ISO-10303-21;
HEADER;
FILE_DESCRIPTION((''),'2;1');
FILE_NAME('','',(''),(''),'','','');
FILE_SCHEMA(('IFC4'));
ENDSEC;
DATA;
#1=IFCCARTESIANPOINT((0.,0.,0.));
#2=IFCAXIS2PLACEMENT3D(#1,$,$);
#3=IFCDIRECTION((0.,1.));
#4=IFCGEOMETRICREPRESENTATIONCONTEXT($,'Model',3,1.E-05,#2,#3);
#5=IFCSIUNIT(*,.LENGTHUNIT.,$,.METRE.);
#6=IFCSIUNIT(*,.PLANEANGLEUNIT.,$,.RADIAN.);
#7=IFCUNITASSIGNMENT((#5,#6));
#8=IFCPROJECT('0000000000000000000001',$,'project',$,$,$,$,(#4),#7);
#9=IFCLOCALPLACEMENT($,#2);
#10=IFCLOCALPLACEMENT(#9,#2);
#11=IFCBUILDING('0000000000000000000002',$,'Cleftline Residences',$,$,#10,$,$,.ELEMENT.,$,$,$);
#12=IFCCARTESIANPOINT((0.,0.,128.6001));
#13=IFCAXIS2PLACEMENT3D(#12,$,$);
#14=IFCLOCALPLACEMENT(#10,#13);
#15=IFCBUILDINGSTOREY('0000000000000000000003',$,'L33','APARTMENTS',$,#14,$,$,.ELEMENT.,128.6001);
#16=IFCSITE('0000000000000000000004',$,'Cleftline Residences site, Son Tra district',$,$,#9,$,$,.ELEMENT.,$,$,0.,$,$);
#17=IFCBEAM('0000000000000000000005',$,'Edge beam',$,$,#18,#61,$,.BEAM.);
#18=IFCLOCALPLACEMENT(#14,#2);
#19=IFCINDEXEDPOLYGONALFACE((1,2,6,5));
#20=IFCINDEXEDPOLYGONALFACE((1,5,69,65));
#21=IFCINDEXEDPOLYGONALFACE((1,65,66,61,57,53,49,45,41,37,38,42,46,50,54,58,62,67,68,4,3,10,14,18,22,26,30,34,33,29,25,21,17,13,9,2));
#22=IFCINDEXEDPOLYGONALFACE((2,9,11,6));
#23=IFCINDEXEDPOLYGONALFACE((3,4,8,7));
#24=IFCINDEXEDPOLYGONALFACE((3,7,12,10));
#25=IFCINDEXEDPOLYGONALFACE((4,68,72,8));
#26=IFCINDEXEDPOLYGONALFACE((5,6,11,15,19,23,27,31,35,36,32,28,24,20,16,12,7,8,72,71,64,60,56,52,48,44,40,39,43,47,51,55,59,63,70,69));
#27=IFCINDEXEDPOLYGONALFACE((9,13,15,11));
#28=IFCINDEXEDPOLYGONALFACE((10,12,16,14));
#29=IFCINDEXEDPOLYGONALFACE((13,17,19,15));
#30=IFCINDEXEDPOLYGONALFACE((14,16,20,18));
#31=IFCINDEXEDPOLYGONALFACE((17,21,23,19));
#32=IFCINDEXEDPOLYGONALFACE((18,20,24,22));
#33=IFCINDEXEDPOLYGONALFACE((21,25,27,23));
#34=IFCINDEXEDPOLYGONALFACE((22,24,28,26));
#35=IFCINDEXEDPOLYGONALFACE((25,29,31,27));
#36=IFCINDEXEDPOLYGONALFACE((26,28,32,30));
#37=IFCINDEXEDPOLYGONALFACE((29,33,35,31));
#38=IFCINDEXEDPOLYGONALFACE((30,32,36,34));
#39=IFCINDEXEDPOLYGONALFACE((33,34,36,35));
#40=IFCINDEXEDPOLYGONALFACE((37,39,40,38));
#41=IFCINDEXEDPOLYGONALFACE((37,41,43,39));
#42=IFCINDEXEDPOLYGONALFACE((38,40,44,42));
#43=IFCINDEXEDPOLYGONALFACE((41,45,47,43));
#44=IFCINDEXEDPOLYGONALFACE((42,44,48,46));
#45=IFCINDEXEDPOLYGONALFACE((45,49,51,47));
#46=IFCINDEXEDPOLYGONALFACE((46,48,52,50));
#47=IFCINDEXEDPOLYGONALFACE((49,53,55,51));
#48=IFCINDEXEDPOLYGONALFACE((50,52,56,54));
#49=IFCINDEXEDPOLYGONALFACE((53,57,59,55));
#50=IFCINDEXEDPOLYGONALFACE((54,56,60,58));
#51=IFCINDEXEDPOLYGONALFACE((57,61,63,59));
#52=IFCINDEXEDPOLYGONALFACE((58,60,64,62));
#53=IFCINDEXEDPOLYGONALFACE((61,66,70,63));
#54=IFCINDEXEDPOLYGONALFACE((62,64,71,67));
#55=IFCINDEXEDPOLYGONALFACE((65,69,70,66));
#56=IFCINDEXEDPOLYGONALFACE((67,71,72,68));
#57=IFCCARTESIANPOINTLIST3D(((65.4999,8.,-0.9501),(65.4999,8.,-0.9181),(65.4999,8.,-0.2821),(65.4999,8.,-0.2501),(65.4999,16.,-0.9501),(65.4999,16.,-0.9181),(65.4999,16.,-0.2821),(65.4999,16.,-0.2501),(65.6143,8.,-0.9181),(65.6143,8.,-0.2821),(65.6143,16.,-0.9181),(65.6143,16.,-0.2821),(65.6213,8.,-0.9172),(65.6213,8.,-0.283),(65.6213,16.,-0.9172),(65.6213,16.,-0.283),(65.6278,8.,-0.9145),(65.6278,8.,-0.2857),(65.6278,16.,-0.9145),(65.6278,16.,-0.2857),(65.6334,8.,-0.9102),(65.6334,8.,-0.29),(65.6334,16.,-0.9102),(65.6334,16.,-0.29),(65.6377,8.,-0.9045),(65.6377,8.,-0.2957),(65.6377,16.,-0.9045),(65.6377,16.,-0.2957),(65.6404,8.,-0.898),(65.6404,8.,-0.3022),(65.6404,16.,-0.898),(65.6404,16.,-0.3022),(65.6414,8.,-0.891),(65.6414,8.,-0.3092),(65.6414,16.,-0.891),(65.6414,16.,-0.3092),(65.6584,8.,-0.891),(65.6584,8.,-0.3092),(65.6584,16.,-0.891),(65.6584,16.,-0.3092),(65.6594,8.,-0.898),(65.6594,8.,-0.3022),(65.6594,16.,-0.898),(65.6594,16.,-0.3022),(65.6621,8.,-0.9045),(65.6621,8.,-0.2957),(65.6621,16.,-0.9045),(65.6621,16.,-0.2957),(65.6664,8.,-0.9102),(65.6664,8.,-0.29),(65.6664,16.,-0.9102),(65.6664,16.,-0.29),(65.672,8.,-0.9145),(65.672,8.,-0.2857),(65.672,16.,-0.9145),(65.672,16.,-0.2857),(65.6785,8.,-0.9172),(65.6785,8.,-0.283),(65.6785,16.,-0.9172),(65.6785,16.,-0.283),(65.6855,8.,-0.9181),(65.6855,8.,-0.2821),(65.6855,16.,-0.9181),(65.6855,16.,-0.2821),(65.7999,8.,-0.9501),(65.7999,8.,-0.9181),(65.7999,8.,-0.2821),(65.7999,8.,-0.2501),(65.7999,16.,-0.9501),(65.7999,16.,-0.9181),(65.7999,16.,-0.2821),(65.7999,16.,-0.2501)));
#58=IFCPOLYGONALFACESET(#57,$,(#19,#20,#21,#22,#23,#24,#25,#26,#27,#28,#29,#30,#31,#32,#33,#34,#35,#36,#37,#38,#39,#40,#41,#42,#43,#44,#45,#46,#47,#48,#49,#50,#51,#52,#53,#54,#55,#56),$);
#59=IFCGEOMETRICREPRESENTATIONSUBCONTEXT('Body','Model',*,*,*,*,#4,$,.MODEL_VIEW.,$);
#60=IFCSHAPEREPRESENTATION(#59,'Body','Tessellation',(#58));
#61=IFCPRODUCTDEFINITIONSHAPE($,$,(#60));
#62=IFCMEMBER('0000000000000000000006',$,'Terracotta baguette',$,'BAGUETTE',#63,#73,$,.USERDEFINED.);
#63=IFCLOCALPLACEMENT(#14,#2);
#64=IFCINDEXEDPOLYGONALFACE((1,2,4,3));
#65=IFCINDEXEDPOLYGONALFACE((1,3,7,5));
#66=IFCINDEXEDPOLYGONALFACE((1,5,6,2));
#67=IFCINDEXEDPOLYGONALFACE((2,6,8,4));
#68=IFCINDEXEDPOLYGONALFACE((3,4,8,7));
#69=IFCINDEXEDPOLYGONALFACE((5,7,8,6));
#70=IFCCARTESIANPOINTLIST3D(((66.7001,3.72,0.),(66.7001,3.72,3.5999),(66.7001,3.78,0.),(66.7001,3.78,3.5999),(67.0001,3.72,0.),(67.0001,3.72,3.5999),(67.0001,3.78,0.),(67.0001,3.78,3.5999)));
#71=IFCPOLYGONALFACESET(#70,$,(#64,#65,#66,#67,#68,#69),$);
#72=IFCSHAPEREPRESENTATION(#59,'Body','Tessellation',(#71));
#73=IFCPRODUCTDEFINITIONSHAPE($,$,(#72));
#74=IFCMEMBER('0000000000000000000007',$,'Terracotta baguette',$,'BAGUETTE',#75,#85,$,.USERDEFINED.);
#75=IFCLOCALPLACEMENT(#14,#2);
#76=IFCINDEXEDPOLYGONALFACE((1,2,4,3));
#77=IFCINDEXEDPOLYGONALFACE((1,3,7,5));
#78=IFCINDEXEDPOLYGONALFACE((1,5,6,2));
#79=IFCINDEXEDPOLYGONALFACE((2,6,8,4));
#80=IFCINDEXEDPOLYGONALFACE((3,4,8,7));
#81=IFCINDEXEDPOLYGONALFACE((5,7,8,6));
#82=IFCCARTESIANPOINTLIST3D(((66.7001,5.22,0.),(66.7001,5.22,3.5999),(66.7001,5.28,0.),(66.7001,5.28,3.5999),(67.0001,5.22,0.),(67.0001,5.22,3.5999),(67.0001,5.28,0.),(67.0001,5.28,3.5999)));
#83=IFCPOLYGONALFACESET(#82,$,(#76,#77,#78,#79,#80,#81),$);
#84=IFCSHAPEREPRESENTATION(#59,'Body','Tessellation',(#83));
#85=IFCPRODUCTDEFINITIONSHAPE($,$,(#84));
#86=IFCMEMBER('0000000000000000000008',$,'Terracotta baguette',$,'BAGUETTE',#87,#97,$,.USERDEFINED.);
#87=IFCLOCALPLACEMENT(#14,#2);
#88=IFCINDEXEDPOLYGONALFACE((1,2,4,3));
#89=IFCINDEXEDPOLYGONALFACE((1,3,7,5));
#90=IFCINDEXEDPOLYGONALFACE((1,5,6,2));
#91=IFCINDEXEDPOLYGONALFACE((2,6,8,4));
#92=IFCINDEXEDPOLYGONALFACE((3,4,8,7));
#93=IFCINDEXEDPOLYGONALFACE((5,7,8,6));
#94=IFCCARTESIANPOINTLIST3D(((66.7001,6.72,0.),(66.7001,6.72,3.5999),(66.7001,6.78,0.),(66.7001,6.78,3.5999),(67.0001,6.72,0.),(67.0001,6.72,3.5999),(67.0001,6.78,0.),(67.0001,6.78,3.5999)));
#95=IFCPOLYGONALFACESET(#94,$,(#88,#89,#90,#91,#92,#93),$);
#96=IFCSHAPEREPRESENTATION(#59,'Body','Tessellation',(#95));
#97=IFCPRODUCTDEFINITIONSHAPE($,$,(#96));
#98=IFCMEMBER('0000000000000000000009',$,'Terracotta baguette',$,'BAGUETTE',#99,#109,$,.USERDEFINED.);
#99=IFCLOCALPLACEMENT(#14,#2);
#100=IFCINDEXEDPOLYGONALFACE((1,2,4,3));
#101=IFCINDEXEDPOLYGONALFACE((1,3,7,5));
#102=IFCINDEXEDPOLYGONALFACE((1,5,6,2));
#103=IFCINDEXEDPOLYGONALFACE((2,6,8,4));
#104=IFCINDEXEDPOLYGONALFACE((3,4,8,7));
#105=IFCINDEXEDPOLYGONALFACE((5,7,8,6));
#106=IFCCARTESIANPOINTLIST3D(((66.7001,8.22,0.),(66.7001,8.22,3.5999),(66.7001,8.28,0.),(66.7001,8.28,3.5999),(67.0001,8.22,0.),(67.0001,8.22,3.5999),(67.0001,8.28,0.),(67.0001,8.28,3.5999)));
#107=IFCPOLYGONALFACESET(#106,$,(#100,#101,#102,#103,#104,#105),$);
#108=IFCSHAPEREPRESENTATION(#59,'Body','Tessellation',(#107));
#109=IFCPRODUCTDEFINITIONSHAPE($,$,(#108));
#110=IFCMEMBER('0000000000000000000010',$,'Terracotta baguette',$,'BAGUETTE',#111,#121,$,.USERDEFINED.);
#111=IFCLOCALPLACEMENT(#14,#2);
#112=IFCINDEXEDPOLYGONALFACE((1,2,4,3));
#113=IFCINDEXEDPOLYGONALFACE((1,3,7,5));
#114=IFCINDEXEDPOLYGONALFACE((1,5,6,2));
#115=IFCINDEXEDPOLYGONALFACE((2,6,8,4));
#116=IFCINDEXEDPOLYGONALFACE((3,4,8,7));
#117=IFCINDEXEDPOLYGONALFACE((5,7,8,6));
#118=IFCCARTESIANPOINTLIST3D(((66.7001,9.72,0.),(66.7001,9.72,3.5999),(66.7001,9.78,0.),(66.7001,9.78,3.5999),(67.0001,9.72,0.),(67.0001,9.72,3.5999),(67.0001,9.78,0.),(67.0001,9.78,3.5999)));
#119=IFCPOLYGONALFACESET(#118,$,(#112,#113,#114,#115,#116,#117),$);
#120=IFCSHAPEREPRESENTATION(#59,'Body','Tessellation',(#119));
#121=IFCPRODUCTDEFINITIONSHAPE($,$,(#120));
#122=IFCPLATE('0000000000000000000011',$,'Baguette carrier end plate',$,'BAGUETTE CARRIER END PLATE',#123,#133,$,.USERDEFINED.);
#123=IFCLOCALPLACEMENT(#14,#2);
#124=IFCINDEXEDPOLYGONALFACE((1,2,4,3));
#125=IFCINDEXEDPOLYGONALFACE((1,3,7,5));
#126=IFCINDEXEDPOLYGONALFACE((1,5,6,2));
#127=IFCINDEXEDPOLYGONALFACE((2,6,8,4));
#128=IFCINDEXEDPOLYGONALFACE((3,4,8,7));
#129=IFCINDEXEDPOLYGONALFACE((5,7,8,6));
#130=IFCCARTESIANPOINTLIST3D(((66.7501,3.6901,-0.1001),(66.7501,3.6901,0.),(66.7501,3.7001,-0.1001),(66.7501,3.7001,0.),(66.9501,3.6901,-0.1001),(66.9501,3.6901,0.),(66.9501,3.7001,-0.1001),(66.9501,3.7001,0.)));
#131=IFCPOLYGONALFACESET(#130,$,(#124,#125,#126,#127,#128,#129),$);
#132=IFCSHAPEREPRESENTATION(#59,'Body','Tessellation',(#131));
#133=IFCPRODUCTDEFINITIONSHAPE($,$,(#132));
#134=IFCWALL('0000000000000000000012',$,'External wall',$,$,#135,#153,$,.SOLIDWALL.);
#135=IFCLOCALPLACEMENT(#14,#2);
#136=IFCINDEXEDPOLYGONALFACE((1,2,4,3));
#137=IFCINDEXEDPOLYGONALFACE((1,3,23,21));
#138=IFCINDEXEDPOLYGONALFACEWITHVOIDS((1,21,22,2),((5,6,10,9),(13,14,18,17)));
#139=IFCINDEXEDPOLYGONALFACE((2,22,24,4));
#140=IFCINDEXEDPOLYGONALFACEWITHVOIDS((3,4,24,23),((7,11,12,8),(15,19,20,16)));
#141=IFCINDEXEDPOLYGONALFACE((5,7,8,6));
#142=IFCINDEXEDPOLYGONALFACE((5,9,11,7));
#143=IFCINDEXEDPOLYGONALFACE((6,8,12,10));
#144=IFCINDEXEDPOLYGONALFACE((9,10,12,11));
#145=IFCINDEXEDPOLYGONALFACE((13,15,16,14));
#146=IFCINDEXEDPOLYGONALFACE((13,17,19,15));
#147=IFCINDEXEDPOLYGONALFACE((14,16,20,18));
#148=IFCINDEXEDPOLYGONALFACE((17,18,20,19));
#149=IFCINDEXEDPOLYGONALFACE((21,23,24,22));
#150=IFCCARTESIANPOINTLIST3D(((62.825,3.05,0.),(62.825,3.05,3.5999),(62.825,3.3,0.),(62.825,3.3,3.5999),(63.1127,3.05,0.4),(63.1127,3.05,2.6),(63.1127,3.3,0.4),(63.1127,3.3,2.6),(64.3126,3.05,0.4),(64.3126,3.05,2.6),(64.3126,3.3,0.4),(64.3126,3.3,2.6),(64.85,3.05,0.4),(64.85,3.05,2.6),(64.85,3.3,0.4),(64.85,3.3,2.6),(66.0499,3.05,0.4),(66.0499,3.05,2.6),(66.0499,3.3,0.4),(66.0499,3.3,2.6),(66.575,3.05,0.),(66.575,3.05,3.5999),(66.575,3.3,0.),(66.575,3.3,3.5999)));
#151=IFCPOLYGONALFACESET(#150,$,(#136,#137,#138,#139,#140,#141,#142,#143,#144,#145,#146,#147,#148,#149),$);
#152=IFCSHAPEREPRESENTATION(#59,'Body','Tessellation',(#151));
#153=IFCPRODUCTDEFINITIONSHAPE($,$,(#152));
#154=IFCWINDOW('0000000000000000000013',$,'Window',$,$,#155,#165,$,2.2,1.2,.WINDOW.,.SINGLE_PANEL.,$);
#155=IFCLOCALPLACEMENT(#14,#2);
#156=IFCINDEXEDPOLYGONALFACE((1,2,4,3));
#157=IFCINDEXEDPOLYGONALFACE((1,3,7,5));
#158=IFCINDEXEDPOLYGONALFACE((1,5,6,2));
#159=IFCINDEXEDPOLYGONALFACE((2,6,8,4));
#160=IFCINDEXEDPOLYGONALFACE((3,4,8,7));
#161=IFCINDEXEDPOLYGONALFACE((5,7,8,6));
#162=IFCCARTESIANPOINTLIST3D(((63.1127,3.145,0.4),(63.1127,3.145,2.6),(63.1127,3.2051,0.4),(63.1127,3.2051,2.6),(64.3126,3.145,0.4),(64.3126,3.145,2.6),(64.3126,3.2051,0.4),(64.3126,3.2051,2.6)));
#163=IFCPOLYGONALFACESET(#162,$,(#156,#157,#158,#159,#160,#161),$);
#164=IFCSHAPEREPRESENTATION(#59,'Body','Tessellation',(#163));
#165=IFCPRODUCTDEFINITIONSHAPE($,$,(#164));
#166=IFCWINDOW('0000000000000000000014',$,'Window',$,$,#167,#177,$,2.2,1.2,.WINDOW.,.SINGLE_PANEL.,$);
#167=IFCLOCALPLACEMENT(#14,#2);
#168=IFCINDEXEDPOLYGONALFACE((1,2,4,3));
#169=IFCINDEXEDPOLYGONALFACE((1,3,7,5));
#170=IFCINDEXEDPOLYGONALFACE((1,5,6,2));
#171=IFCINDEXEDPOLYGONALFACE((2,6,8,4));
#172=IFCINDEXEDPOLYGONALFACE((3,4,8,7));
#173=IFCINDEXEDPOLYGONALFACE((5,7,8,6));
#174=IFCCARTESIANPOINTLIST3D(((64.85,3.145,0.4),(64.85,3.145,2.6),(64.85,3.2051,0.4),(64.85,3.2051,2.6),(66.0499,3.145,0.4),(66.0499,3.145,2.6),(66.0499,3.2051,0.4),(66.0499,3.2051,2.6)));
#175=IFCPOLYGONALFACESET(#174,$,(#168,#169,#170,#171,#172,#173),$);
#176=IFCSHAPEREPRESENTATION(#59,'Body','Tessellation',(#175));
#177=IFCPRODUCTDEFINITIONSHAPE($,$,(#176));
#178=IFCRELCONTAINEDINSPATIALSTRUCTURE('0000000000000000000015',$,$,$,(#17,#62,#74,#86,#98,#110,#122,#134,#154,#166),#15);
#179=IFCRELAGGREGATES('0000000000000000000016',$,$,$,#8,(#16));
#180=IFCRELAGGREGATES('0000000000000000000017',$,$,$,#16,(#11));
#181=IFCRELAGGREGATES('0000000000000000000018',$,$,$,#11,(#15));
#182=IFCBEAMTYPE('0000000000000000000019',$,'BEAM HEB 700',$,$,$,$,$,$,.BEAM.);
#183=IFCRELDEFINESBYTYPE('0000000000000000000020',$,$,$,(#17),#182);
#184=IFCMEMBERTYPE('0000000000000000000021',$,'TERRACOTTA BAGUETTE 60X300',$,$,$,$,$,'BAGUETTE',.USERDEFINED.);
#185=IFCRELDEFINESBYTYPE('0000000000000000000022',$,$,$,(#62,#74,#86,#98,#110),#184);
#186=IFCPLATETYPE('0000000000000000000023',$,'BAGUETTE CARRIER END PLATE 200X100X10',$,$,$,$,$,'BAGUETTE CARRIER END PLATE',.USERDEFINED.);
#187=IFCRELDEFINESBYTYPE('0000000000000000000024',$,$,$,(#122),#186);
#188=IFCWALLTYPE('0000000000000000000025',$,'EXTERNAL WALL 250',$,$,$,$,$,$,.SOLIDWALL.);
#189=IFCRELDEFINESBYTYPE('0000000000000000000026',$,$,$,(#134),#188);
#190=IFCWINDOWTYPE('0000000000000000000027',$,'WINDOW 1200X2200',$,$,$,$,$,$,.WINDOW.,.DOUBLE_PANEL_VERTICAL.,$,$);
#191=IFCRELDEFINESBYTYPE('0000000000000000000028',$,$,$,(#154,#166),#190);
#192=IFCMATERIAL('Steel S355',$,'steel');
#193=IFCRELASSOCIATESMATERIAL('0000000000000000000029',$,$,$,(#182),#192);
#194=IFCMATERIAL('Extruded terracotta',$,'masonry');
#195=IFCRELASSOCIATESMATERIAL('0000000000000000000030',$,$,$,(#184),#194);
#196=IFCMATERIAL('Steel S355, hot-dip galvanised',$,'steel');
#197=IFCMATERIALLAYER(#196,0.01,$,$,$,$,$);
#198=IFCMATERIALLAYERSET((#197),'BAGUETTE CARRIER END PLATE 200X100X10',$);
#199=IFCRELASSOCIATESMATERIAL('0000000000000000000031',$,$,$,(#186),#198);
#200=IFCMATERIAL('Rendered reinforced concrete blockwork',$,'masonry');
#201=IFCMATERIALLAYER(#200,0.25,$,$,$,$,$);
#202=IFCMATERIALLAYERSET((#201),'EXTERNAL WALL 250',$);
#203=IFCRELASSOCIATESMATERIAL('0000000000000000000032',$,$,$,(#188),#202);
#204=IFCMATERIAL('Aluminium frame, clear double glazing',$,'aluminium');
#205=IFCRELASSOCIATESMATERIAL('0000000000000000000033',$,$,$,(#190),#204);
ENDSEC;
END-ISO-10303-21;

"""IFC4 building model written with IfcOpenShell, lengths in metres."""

from ifc_helpers import new_model, si_unit, direction, frame, frame_2d, origin, origin_2d, place, context, subcontext, project, spatial, rectangle, i_section, extrude, material, layer, layer_set, material_profile, profile_set, type_object, element, fill, save


model = new_model("IFC4")

# Units and contexts
model_context = context("Model", 3, precision=1e-05, world=origin(), true_north=direction((0.0, 1.0)))
body_context = subcontext(model_context, "Body", "Model", "MODEL_VIEW")
ifc_project = project(units=[si_unit("LENGTHUNIT", "METRE"), si_unit("PLANEANGLEUNIT", "RADIAN")], contexts=[model_context])

# Site, building, storey
site_placement = place(None, origin())
site = spatial("IfcSite", under=ifc_project, at=site_placement, Name="Cleftline Residences site, Son Tra district", CompositionType="ELEMENT", RefElevation=0.0)
building_placement = place(site_placement, origin())
building = spatial("IfcBuilding", under=site, at=building_placement, Name="Cleftline Residences", CompositionType="ELEMENT")
storey_placement = place(building_placement, frame((0.0, 0.0, 128.6001)))
storey = spatial("IfcBuildingStorey", under=building, at=storey_placement, Name="L33", Description="APARTMENTS", CompositionType="ELEMENT", Elevation=128.6001)

# Beam
ifc_material_1 = material(Name="Steel S355", Category="steel")
ifc_material_profile_1 = material_profile(ifc_material_1, i_section(OverallWidth=0.3, OverallDepth=0.7, WebThickness=0.0171, FlangeThickness=0.032, FilletRadius=0.0271, at=origin_2d()))
ifc_profile_set_1 = profile_set([ifc_material_profile_1], Name="Steel S355")
beam_type = type_object("IfcBeamType", Name="BEAM HEB 700", PredefinedType="BEAM", material=ifc_profile_set_1)
beam_placement = place(storey_placement, frame((65.6499, 8.0, -0.6001), z_axis=(0.0, 1.0, 0.0), x_axis=(-1.0, 0.0, 0.0)))
element("IfcBeam", 1, at=beam_placement, inside=storey, type_object=beam_type, Name="Edge beam", PredefinedType="BEAM", context=body_context, shape_type="SweptSolid", body=[
    extrude(i_section(OverallWidth=0.3, OverallDepth=0.7, WebThickness=0.0171, FlangeThickness=0.032, FilletRadius=0.0271, at=origin_2d()), origin(), (0.0, 0.0, 1.0), 8.0),
])

# Members
ifc_material_2 = material(Name="Extruded terracotta", Category="masonry")
ifc_material_profile_2 = material_profile(ifc_material_2, rectangle(XDim=0.0601, YDim=0.3, at=origin_2d()))
ifc_profile_set_2 = profile_set([ifc_material_profile_2], Name="Extruded terracotta")
member_type_1 = type_object("IfcMemberType", Name="TERRACOTTA BAGUETTE 60X300", ElementType="BAGUETTE", PredefinedType="USERDEFINED", material=ifc_profile_set_2)
for number, where, z_axis, x_axis, name in (
    (2, (66.8501, 3.75, 0.0), (0.0, 0.0, 1.0), (0.0, 1.0, 0.0), "Terracotta baguette"),
    (3, (66.8501, 5.25, 0.0), (0.0, 0.0, 1.0), (0.0, 1.0, 0.0), "Terracotta baguette"),
    (4, (66.8501, 6.75, 0.0), (0.0, 0.0, 1.0), (0.0, 1.0, 0.0), "Terracotta baguette"),
    (5, (66.8501, 8.25, 0.0), (0.0, 0.0, 1.0), (0.0, 1.0, 0.0), "Terracotta baguette"),
    (6, (66.8501, 9.75, 0.0), (0.0, 0.0, 1.0), (0.0, 1.0, 0.0), "Terracotta baguette"),
):
    element("IfcMember", number, at=place(storey_placement, frame(where, z_axis=z_axis, x_axis=x_axis)), inside=storey, type_object=member_type_1, Name=name, ObjectType="BAGUETTE", PredefinedType="USERDEFINED", context=body_context, shape_type="SweptSolid", body=[
        extrude(rectangle(XDim=0.0601, YDim=0.3, at=origin_2d()), origin(), (0.0, 0.0, 1.0), 3.5999),
    ])

# Plate
ifc_material_3 = material(Name="Steel S355, hot-dip galvanised", Category="steel")
ifc_layer_1 = layer(ifc_material_3, 0.01)
ifc_layer_set_1 = layer_set([ifc_layer_1], Name="BAGUETTE CARRIER END PLATE 200X100X10")
plate_type = type_object("IfcPlateType", Name="BAGUETTE CARRIER END PLATE 200X100X10", ElementType="BAGUETTE CARRIER END PLATE", PredefinedType="USERDEFINED", material=ifc_layer_set_1)
plate_placement = place(storey_placement, frame((66.8501, 3.6951, -0.1001), z_axis=(0.0, 0.0, 1.0), x_axis=(1.0, 0.0, 0.0)))
element("IfcPlate", 7, at=plate_placement, inside=storey, type_object=plate_type, Name="Baguette carrier end plate", ObjectType="BAGUETTE CARRIER END PLATE", PredefinedType="USERDEFINED", context=body_context, shape_type="SweptSolid", body=[
    extrude(rectangle(XDim=0.2, YDim=0.01, at=origin_2d()), origin(), (0.0, 0.0, 1.0), 0.1001),
])

# Wall, openings, windows
ifc_material_4 = material(Name="Rendered reinforced concrete blockwork", Category="masonry")
ifc_layer_2 = layer(ifc_material_4, 0.25)
ifc_layer_set_2 = layer_set([ifc_layer_2], Name="EXTERNAL WALL 250")
wall_type_1 = type_object("IfcWallType", Name="EXTERNAL WALL 250", PredefinedType="SOLIDWALL", material=ifc_layer_set_2)
wall_1_placement = place(storey_placement, frame((62.825, 3.175, 0.0), z_axis=(0.0, 0.0, 1.0), x_axis=(1.0, 0.0, 0.0)))
wall_1 = element("IfcWall", 8, at=wall_1_placement, inside=storey, type_object=wall_type_1, Name="External wall", PredefinedType="SOLIDWALL", context=body_context, shape_type="SweptSolid", body=[
    extrude(rectangle(XDim=3.75, YDim=0.25, at=frame_2d((1.875, 0.0))), origin(), (0.0, 0.0, 1.0), 3.5999),
])
opening_1_placement = place(wall_1_placement, frame((0.2876, 0.0, 0.3999)))
opening_1 = element("IfcOpeningElement", 9, at=opening_1_placement, cuts=wall_1, PredefinedType="OPENING", context=body_context, shape_type="SweptSolid", body=[
    extrude(rectangle(XDim=1.2, YDim=2.2, at=frame_2d((0.6001, 1.1001))), frame((0.0, 0.135, 0.0), z_axis=(0.0, -1.0, 0.0), x_axis=(1.0, 0.0, 0.0)), (0.0, 0.0, 1.0), 0.27),
])
opening_2_placement = place(wall_1_placement, frame((2.0249, 0.0, 0.3999)))
opening_2 = element("IfcOpeningElement", 10, at=opening_2_placement, cuts=wall_1, PredefinedType="OPENING", context=body_context, shape_type="SweptSolid", body=[
    extrude(rectangle(XDim=1.2, YDim=2.2, at=frame_2d((0.6001, 1.1001))), frame((0.0, 0.135, 0.0), z_axis=(0.0, -1.0, 0.0), x_axis=(1.0, 0.0, 0.0)), (0.0, 0.0, 1.0), 0.27),
])
ifc_material_5 = material(Name="Aluminium frame, clear double glazing", Category="aluminium")
window_type_1 = type_object("IfcWindowType", Name="WINDOW 1200X2200", PartitioningType="DOUBLE_PANEL_VERTICAL", PredefinedType="WINDOW", material=ifc_material_5)
window_1_placement = place(opening_1_placement, origin())
window_1 = element("IfcWindow", 11, at=window_1_placement, inside=storey, type_object=window_type_1, Name="Window", OverallHeight=2.2, OverallWidth=1.2, PartitioningType="SINGLE_PANEL", PredefinedType="WINDOW", context=body_context, shape_type="SweptSolid", body=[
    extrude(rectangle(XDim=1.2, YDim=2.2, at=frame_2d((0.6001, 1.1001))), frame((0.0, 0.03, 0.0), z_axis=(0.0, -1.0, 0.0), x_axis=(1.0, 0.0, 0.0)), (0.0, 0.0, 1.0), 0.0601),
])
fill(opening_1, window_1)
window_2_placement = place(opening_2_placement, origin())
window_2 = element("IfcWindow", 12, at=window_2_placement, inside=storey, type_object=window_type_1, Name="Window", OverallHeight=2.2, OverallWidth=1.2, PartitioningType="SINGLE_PANEL", PredefinedType="WINDOW", context=body_context, shape_type="SweptSolid", body=[
    extrude(rectangle(XDim=1.2, YDim=2.2, at=frame_2d((0.6001, 1.1001))), frame((0.0, 0.03, 0.0), z_axis=(0.0, -1.0, 0.0), x_axis=(1.0, 0.0, 0.0)), (0.0, 0.0, 1.0), 0.0601),
])
fill(opening_2, window_2)

save(model, "model.ifc")
